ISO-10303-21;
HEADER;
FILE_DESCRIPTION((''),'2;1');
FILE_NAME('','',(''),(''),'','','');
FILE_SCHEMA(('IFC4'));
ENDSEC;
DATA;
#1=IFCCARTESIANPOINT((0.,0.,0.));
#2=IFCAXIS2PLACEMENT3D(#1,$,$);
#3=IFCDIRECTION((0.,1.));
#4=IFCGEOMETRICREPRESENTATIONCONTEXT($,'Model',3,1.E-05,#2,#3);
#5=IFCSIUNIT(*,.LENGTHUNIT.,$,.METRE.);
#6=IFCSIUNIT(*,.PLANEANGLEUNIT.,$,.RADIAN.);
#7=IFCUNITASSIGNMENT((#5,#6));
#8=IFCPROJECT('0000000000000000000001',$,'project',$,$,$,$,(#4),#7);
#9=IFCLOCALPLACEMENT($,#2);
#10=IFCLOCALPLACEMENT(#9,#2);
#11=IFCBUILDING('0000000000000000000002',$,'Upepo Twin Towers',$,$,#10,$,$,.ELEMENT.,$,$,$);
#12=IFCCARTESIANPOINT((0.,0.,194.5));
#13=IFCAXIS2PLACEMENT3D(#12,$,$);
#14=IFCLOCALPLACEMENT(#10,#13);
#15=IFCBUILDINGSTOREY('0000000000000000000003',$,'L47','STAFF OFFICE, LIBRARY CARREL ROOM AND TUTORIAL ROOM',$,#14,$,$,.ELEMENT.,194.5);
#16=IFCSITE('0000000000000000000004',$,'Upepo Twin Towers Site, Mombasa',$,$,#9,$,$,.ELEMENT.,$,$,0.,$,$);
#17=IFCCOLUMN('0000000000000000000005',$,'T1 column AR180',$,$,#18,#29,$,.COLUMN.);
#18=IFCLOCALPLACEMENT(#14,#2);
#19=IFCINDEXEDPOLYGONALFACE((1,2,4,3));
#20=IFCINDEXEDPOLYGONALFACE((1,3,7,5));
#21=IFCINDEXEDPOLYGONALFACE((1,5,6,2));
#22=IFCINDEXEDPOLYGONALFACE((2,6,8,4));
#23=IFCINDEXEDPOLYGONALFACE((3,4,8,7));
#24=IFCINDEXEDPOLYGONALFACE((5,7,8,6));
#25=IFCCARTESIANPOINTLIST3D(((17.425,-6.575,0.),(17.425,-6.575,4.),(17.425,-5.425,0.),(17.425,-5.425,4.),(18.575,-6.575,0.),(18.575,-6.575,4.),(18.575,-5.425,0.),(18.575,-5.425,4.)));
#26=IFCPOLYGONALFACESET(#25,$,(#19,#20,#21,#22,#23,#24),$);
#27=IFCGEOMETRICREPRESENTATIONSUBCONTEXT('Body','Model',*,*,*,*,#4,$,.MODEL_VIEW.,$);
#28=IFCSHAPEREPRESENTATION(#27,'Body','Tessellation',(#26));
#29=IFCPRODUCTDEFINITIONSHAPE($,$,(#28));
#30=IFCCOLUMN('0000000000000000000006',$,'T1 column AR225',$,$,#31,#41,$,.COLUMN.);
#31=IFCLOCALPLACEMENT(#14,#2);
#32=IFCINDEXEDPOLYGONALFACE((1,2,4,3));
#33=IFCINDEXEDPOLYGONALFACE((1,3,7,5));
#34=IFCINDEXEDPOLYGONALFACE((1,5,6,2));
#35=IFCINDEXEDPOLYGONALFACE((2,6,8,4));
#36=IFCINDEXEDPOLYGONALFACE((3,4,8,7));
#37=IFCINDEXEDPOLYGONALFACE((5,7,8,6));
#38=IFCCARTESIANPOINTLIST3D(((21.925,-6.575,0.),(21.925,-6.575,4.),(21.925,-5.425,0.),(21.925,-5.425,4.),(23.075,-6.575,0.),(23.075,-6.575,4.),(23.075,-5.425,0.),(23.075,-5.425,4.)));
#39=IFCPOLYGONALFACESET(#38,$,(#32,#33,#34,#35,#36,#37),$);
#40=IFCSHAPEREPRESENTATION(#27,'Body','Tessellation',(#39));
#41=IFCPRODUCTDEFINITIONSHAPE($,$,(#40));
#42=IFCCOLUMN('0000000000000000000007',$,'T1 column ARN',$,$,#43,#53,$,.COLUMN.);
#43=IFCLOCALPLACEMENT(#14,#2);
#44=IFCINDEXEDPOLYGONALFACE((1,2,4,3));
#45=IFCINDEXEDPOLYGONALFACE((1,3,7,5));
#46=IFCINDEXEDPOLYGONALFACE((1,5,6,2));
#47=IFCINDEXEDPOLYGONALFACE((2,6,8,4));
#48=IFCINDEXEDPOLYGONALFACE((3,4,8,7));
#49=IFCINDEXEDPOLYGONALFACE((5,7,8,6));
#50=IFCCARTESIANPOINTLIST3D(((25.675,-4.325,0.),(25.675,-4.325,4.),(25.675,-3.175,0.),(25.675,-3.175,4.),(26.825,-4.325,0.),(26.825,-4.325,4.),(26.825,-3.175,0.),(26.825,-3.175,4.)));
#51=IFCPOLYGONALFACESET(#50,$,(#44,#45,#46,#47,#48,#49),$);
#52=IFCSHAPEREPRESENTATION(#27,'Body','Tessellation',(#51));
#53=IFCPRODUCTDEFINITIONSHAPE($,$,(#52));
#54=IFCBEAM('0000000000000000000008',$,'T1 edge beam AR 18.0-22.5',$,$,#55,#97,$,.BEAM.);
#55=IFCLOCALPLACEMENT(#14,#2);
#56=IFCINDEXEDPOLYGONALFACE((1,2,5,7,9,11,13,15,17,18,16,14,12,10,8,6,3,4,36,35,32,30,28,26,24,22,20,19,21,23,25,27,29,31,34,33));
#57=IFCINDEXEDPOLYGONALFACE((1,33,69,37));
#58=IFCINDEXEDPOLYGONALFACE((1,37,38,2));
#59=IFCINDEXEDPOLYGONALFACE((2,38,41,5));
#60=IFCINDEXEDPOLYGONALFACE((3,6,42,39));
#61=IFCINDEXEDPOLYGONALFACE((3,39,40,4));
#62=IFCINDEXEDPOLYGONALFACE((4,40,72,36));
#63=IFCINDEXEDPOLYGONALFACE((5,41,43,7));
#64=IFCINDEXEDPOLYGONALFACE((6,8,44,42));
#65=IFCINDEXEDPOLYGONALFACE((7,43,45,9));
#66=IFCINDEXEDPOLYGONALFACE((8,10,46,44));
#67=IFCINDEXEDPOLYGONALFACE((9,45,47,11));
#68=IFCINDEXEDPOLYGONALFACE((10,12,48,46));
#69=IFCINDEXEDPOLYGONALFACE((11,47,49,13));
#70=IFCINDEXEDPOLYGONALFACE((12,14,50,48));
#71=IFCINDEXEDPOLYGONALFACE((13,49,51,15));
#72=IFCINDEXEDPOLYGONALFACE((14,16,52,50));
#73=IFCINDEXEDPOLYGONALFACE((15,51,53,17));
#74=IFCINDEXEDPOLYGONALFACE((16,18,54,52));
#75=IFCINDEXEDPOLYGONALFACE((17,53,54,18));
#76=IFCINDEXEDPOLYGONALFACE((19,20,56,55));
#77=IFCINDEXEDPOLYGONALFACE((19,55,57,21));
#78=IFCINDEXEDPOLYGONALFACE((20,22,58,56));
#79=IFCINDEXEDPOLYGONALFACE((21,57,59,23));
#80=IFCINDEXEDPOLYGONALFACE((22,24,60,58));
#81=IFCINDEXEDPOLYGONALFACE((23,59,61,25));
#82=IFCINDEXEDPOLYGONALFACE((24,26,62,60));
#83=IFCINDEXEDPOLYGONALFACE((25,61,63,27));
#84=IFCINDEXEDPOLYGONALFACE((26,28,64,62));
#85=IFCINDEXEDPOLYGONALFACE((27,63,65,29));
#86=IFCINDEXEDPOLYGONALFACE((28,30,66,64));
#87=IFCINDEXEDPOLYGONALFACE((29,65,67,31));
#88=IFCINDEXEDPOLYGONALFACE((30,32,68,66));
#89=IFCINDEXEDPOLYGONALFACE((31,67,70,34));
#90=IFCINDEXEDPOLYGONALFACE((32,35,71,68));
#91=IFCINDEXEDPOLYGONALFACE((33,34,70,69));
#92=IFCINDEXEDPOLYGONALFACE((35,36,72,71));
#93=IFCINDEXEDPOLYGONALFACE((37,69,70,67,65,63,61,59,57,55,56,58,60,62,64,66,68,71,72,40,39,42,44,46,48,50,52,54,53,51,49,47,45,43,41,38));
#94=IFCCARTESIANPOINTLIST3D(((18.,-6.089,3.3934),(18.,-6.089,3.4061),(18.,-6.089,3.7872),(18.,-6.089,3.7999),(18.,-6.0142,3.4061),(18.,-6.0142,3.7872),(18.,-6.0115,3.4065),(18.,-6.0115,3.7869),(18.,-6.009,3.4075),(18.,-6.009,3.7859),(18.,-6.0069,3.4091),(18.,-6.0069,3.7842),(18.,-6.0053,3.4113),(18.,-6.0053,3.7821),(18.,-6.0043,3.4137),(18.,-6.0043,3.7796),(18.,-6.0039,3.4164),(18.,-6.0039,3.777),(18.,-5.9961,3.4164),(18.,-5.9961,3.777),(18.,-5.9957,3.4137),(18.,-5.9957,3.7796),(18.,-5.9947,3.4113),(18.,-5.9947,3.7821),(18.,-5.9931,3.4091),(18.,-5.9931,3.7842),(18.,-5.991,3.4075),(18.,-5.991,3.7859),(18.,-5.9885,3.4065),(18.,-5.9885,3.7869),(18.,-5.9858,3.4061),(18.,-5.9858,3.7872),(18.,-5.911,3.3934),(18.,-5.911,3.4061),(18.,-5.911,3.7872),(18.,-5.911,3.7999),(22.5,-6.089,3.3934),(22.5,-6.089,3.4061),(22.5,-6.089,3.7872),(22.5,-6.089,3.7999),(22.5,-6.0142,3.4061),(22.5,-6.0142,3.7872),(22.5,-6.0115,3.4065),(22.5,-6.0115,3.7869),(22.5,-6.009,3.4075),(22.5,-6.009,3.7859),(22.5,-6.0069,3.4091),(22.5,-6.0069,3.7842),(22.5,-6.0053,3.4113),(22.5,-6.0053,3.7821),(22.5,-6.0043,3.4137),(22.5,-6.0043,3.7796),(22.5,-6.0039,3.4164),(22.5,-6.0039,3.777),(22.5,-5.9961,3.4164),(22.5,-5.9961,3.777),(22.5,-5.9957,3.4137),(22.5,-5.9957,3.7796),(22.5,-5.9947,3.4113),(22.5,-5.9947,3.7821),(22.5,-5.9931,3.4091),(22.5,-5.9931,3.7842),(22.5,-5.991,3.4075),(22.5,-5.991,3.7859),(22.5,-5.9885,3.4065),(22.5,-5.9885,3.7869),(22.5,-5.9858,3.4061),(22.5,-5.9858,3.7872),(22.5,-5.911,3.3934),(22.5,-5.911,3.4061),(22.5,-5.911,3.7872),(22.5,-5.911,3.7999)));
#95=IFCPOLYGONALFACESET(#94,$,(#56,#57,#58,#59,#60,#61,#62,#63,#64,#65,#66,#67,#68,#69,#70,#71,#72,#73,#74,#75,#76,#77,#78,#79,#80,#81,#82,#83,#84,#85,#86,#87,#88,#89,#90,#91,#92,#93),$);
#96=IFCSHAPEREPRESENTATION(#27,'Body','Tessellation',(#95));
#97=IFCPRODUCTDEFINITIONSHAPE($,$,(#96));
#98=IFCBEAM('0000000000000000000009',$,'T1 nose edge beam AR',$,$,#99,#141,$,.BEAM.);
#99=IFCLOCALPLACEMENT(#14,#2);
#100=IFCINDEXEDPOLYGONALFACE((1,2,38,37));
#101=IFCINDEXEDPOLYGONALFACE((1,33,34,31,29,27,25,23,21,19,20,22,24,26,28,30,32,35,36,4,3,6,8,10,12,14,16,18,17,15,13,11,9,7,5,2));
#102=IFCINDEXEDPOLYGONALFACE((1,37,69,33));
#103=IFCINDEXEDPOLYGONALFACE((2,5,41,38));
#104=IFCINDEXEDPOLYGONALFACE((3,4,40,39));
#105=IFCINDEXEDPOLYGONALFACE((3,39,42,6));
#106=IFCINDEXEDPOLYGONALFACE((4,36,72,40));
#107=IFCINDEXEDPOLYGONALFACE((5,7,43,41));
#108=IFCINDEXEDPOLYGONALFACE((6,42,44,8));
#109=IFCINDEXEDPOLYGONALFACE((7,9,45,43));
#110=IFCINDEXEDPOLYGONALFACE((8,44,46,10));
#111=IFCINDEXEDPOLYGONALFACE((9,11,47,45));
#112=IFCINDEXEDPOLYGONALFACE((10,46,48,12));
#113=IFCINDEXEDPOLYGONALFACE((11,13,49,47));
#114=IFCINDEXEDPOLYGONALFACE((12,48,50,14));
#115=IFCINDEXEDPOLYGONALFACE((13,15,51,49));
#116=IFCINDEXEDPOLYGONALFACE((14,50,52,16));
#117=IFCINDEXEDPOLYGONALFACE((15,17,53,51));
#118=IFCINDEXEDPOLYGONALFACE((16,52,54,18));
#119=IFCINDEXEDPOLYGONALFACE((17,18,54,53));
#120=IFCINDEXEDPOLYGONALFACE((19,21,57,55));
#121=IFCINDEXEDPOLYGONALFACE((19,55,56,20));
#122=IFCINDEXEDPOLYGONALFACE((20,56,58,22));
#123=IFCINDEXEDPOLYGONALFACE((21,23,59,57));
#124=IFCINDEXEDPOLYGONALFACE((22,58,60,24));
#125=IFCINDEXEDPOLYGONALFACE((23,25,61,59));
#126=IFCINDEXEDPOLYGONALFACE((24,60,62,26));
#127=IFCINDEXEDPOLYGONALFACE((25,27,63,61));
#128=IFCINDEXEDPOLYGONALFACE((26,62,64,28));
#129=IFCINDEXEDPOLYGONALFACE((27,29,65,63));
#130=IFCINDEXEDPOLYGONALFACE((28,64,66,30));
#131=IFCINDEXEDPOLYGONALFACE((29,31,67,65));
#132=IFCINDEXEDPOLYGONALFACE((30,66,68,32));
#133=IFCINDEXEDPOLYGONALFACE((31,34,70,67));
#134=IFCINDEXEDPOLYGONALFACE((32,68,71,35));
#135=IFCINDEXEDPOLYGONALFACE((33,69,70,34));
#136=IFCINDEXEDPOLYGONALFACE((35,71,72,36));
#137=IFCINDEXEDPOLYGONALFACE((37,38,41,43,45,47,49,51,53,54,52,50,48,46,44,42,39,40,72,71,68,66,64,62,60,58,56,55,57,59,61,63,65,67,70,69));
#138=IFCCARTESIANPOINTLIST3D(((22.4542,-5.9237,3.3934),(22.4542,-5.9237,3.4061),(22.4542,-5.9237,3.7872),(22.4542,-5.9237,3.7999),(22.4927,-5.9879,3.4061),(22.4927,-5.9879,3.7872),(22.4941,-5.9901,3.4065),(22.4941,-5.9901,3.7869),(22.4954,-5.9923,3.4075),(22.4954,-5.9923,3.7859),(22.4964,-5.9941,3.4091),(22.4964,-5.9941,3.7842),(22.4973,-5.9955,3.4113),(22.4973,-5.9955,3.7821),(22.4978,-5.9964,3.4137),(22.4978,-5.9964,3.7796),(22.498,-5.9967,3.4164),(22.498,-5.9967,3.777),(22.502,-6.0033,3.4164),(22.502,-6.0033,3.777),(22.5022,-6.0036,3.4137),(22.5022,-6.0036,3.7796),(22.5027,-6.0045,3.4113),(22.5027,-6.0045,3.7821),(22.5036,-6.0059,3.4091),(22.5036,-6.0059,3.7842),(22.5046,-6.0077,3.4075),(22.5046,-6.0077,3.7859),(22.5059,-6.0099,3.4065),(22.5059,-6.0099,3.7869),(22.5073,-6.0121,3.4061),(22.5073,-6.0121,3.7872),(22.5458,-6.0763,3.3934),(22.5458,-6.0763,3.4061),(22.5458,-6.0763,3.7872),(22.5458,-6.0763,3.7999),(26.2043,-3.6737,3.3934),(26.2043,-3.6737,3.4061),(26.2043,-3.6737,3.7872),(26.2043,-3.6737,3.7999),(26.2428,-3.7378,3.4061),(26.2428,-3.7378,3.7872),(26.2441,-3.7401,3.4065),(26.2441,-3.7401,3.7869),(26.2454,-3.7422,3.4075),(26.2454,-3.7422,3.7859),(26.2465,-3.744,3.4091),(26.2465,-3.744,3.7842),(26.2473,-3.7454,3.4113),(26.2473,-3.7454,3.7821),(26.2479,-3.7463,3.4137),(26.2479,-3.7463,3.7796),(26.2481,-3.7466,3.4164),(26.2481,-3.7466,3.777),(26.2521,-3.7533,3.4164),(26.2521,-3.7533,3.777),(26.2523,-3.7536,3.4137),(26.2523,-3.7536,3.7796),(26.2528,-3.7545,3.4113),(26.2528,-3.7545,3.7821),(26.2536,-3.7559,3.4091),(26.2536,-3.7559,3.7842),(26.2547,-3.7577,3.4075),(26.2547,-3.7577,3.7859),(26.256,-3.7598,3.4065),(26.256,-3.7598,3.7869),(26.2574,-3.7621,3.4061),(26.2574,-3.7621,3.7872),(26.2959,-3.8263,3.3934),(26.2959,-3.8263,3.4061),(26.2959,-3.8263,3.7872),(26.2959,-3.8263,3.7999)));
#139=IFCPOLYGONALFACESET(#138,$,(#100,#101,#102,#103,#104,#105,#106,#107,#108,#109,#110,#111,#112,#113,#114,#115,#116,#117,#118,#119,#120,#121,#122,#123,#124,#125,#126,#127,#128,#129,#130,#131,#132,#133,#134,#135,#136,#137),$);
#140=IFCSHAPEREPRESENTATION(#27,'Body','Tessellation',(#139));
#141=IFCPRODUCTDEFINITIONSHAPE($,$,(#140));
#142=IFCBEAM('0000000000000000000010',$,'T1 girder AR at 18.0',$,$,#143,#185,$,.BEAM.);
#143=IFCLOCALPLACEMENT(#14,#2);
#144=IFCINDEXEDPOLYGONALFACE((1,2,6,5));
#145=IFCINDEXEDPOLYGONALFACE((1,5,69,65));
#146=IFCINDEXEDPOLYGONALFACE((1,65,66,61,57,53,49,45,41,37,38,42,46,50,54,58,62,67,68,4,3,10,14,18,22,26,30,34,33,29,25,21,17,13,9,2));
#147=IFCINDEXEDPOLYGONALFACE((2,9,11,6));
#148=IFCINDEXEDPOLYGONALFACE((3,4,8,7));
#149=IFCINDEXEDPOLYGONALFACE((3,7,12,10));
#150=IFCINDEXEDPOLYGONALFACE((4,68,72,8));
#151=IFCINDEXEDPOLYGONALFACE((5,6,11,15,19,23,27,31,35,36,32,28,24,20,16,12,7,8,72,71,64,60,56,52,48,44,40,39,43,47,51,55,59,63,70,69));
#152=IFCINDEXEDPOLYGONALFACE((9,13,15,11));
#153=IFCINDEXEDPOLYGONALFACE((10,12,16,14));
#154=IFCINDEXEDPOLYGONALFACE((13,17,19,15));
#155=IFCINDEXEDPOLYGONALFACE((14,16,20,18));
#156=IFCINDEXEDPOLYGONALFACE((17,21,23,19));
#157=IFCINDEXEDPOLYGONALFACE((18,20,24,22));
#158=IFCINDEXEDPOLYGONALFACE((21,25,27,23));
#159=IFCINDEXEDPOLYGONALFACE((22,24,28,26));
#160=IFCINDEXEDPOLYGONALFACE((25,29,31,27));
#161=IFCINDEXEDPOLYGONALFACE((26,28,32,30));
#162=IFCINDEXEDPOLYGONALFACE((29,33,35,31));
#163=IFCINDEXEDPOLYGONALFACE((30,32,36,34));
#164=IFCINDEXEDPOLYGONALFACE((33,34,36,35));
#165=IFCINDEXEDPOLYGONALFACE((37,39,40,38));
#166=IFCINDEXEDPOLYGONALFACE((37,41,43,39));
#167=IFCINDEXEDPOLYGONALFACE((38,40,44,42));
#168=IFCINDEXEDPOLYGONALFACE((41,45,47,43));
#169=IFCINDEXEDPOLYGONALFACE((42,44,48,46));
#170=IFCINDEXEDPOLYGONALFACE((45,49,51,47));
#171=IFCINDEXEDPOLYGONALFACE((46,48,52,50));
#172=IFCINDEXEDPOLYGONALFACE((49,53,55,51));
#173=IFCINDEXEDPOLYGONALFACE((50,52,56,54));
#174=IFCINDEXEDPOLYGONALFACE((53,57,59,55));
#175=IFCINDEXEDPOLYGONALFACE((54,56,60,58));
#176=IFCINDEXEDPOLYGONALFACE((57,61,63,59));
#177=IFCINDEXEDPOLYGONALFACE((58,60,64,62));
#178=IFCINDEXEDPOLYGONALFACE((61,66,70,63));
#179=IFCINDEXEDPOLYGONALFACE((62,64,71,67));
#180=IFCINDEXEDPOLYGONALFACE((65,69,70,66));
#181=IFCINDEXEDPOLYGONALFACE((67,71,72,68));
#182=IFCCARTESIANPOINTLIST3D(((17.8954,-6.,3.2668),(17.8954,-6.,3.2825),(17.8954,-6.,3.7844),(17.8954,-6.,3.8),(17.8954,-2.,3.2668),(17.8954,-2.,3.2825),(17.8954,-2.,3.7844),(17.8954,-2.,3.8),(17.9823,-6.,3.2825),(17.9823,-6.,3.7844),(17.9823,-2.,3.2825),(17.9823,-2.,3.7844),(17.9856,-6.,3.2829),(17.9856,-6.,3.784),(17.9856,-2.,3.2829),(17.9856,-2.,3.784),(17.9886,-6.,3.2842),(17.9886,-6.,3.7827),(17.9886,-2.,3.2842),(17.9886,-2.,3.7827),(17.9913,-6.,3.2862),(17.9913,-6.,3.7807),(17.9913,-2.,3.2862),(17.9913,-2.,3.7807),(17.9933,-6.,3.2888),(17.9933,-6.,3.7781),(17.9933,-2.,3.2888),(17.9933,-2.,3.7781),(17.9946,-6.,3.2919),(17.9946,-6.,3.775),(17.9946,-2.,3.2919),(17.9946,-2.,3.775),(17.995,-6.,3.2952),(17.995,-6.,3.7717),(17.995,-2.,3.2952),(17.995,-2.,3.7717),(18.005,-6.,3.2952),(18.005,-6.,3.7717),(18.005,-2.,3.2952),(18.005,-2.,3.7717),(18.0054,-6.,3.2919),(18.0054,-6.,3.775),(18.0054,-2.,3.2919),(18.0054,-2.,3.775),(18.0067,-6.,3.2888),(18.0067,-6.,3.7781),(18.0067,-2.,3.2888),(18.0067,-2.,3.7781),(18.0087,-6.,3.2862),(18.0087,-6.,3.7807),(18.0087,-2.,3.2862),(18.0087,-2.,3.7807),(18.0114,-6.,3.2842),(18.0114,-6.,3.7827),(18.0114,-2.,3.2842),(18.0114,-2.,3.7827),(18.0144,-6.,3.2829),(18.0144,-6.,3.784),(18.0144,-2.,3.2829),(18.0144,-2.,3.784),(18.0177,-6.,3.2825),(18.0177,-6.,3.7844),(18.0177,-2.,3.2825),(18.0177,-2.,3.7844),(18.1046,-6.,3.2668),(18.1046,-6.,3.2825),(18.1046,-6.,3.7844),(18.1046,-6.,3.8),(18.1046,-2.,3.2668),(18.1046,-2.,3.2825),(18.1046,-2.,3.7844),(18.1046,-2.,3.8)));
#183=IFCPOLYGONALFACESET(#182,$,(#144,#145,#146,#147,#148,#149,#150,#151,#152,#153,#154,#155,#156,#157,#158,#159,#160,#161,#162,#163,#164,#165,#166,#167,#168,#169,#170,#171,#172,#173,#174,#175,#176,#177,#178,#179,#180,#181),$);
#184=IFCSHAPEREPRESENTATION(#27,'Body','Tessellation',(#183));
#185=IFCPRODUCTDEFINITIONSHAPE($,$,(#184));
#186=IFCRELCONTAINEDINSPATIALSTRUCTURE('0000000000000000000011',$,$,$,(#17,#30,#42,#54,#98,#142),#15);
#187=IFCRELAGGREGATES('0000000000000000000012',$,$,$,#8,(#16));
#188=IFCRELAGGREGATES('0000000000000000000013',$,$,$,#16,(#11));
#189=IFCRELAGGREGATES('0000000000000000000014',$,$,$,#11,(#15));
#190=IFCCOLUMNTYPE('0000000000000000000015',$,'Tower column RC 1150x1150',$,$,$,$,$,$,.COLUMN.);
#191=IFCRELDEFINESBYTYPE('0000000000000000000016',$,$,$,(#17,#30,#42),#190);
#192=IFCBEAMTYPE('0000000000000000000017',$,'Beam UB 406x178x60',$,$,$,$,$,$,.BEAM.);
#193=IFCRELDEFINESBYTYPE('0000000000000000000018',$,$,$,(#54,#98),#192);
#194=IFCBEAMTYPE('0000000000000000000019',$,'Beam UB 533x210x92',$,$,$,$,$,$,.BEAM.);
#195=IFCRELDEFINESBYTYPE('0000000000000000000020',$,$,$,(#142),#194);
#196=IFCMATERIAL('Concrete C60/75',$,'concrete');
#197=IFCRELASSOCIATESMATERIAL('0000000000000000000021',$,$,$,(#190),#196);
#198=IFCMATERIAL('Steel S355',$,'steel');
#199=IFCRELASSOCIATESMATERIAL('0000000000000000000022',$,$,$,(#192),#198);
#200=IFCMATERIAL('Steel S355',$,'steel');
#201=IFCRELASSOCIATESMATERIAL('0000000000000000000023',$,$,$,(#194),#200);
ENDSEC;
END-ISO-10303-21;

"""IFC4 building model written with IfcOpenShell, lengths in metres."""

from ifc_helpers import new_model, si_unit, direction, frame, origin, origin_2d, place, context, subcontext, project, spatial, rectangle, i_section, extrude, material, material_profile, profile_set, type_object, element, save


model = new_model("IFC4")

# Units and contexts
model_context = context("Model", 3, precision=1e-05, world=origin(), true_north=direction((0.0, 1.0)))
body_context = subcontext(model_context, "Body", "Model", "MODEL_VIEW")
ifc_project = project(units=[si_unit("LENGTHUNIT", "METRE"), si_unit("PLANEANGLEUNIT", "RADIAN")], contexts=[model_context])

# Site, building, storey
site_placement = place(None, origin())
site = spatial("IfcSite", under=ifc_project, at=site_placement, Name="Upepo Twin Towers Site, Mombasa", CompositionType="ELEMENT", RefElevation=0.0)
building_placement = place(site_placement, origin())
building = spatial("IfcBuilding", under=site, at=building_placement, Name="Upepo Twin Towers", CompositionType="ELEMENT")
storey_placement = place(building_placement, frame((0.0, 0.0, 194.5)))
storey = spatial("IfcBuildingStorey", under=building, at=storey_placement, Name="L47", Description="STAFF OFFICE, LIBRARY CARREL ROOM AND TUTORIAL ROOM", CompositionType="ELEMENT", Elevation=194.5)

# Columns
ifc_material_1 = material(Name="Concrete C60/75", Category="concrete")
ifc_material_profile_1 = material_profile(ifc_material_1, rectangle(XDim=1.1499, YDim=1.1499, at=origin_2d()), Name="RC 1150x1150")
ifc_profile_set_1 = profile_set([ifc_material_profile_1], Name="Concrete C60/75")
column_type = type_object("IfcColumnType", Name="Tower column RC 1150x1150", PredefinedType="COLUMN", material=ifc_profile_set_1)
for number, where, z_axis, x_axis, name in (
    (1, (18.0, -6.0, 0.0), (0.0, 0.0, 1.0), (1.0, 0.0, 0.0), "T1 column AR180"),
    (2, (22.5, -6.0, 0.0), (0.0, 0.0, 1.0), (1.0, 0.0, 0.0), "T1 column AR225"),
    (3, (26.25, -3.75, 0.0), (0.0, 0.0, 1.0), (1.0, 0.0, 0.0), "T1 column ARN"),
):
    element("IfcColumn", number, at=place(storey_placement, frame(where, z_axis=z_axis, x_axis=x_axis)), inside=storey, type_object=column_type, Name=name, PredefinedType="COLUMN", context=body_context, shape_type="SweptSolid", body=[
        extrude(rectangle(XDim=1.1499, YDim=1.1499, at=origin_2d()), origin(), (0.0, 0.0, 1.0), 4.0),
    ])

# Beams
ifc_material_2 = material(Name="Steel S355", Category="steel")
ifc_material_profile_2 = material_profile(ifc_material_2, i_section(OverallWidth=0.178, OverallDepth=0.4065, WebThickness=0.0078, FlangeThickness=0.0127, FilletRadius=0.0103, at=origin_2d()), Name="UB 406x178x60")
ifc_profile_set_2 = profile_set([ifc_material_profile_2], Name="Steel S355")
beam_type_1 = type_object("IfcBeamType", Name="Beam UB 406x178x60", PredefinedType="BEAM", material=ifc_profile_set_2)
beam_1_placement = place(storey_placement, frame((18.0, -6.0, 3.5967), z_axis=(1.0, 0.0, 0.0), x_axis=(0.0, 1.0, 0.0)))
element("IfcBeam", 4, at=beam_1_placement, inside=storey, type_object=beam_type_1, Name="T1 edge beam AR 18.0-22.5", PredefinedType="BEAM", context=body_context, shape_type="SweptSolid", body=[
    extrude(i_section(OverallWidth=0.178, OverallDepth=0.4065, WebThickness=0.0078, FlangeThickness=0.0127, FilletRadius=0.0103, at=origin_2d()), origin(), (0.0, 0.0, 1.0), 4.5),
])
beam_2_placement = place(storey_placement, frame((22.5, -6.0, 3.5967), z_axis=(0.857493, 0.514496, 0.0), x_axis=(-0.514496, 0.857493, 0.0)))
element("IfcBeam", 5, at=beam_2_placement, inside=storey, type_object=beam_type_1, Name="T1 nose edge beam AR", PredefinedType="BEAM", context=body_context, shape_type="SweptSolid", body=[
    extrude(i_section(OverallWidth=0.178, OverallDepth=0.4065, WebThickness=0.0078, FlangeThickness=0.0127, FilletRadius=0.0103, at=origin_2d()), origin(), (0.0, 0.0, 1.0), 4.3733),
])
ifc_material_3 = material(Name="Steel S355", Category="steel")
ifc_material_profile_3 = material_profile(ifc_material_3, i_section(OverallWidth=0.2092, OverallDepth=0.5332, WebThickness=0.01, FlangeThickness=0.0156, FilletRadius=0.0127, at=origin_2d()), Name="UB 533x210x92")
ifc_profile_set_3 = profile_set([ifc_material_profile_3], Name="Steel S355")
beam_type_2 = type_object("IfcBeamType", Name="Beam UB 533x210x92", PredefinedType="BEAM", material=ifc_profile_set_3)
for number, where, z_axis, x_axis, name in (
    (6, (18.0, -6.0, 3.5334), (0.0, 1.0, 0.0), (-1.0, 0.0, 0.0), "T1 girder AR at 18.0"),
):
    element("IfcBeam", number, at=place(storey_placement, frame(where, z_axis=z_axis, x_axis=x_axis)), inside=storey, type_object=beam_type_2, Name=name, PredefinedType="BEAM", context=body_context, shape_type="SweptSolid", body=[
        extrude(i_section(OverallWidth=0.2092, OverallDepth=0.5332, WebThickness=0.01, FlangeThickness=0.0156, FilletRadius=0.0127, at=origin_2d()), origin(), (0.0, 0.0, 1.0), 4.0),
    ])

save(model, "model.ifc")
